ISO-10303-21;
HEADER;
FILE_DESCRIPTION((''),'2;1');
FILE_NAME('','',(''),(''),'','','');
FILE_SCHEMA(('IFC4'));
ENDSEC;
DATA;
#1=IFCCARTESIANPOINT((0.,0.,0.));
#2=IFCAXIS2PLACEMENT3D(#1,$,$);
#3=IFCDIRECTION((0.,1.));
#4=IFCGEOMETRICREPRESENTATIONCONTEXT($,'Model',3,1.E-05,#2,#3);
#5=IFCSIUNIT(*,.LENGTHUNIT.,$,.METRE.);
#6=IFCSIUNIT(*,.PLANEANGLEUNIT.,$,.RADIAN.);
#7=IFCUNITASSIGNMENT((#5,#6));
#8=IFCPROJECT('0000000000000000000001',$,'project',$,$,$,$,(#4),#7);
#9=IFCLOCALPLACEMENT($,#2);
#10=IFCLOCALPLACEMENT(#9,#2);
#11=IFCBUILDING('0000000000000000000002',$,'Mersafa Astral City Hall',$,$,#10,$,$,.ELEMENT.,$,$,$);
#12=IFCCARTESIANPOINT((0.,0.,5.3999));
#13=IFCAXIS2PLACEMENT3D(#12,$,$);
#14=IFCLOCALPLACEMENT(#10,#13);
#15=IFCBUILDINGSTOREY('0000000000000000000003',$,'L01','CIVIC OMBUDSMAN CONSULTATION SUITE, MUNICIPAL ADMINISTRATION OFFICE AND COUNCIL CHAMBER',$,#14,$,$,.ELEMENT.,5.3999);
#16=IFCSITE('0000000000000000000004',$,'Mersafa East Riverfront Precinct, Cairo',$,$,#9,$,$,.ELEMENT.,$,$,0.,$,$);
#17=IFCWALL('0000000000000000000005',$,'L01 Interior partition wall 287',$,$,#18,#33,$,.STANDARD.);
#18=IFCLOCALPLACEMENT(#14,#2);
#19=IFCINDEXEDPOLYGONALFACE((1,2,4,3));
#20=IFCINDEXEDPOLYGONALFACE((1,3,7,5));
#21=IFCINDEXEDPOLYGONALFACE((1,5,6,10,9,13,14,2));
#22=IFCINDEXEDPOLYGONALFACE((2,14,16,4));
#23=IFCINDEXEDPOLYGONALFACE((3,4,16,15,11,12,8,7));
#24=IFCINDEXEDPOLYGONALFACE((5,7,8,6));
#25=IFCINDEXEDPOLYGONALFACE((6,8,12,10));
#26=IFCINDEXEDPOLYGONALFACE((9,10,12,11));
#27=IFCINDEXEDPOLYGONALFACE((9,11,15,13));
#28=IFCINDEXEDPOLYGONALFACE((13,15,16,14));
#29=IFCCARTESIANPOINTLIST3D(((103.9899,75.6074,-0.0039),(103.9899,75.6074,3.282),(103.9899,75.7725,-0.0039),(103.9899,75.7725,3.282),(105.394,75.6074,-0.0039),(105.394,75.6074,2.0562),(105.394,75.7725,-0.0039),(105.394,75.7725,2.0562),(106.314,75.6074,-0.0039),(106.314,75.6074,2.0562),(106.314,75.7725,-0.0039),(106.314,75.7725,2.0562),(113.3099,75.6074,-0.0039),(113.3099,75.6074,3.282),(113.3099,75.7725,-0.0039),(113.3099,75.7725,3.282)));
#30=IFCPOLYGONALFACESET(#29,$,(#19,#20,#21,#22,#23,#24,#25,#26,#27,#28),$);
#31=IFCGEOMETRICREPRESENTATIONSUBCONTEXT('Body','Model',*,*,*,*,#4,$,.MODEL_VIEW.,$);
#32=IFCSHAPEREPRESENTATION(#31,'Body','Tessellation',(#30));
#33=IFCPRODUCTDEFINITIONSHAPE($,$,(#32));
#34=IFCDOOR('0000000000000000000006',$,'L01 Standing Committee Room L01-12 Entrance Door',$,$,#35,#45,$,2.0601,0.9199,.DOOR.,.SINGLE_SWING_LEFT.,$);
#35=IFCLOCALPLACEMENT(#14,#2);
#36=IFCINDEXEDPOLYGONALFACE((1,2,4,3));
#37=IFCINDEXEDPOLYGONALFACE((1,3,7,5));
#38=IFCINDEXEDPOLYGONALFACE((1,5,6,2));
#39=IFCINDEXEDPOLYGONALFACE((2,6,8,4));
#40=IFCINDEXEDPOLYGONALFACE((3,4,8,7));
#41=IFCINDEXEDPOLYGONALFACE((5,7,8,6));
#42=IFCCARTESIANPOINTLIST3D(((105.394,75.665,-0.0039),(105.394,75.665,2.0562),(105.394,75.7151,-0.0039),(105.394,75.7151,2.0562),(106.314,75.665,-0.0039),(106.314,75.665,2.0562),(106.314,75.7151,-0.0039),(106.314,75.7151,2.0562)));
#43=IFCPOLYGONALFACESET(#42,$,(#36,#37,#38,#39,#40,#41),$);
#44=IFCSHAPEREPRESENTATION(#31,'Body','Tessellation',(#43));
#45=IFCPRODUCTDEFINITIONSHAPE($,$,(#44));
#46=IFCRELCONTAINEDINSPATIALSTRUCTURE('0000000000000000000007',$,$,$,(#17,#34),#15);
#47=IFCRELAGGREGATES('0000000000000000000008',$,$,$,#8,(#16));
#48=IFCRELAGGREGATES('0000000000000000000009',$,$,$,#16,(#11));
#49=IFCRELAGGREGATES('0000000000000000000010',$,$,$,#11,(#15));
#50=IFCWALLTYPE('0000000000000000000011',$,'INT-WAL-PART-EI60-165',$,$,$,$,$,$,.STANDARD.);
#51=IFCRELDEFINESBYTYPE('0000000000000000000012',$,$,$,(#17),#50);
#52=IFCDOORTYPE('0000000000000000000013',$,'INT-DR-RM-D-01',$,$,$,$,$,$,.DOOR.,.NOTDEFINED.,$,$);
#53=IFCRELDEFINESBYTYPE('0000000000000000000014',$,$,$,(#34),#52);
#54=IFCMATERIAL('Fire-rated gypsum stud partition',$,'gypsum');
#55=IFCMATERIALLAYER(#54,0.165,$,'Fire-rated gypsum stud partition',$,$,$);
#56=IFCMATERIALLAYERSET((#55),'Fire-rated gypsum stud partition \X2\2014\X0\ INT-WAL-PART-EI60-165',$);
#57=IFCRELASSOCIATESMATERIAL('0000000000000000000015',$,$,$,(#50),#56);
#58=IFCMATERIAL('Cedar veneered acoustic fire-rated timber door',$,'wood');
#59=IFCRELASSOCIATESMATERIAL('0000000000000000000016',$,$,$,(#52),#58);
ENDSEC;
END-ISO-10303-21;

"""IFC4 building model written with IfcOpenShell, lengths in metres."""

from ifc_helpers import new_model, si_unit, direction, frame, frame_2d, origin, place, context, subcontext, project, spatial, rectangle, extrude, material, layer, layer_set, type_object, element, fill, save


model = new_model("IFC4")

# Units and contexts
model_context = context("Model", 3, precision=1e-05, world=origin(), true_north=direction((0.0, 1.0)))
body_context = subcontext(model_context, "Body", "Model", "MODEL_VIEW")
ifc_project = project(units=[si_unit("LENGTHUNIT", "METRE"), si_unit("PLANEANGLEUNIT", "RADIAN")], contexts=[model_context])

# Site, building, storey
site_placement = place(None, origin())
site = spatial("IfcSite", under=ifc_project, at=site_placement, Name="Mersafa East Riverfront Precinct, Cairo", CompositionType="ELEMENT", RefElevation=0.0)
building_placement = place(site_placement, origin())
building = spatial("IfcBuilding", under=site, at=building_placement, Name="Mersafa Astral City Hall", CompositionType="ELEMENT")
storey_placement = place(building_placement, frame((0.0, 0.0, 5.3999)))
storey = spatial("IfcBuildingStorey", under=building, at=storey_placement, Name="L01", Description="CIVIC OMBUDSMAN CONSULTATION SUITE, MUNICIPAL ADMINISTRATION OFFICE AND COUNCIL CHAMBER", CompositionType="ELEMENT", Elevation=5.3999)

# Wall, opening, door
ifc_material_1 = material(Name="Fire-rated gypsum stud partition", Category="gypsum")
ifc_layer_1 = layer(ifc_material_1, 0.165, Name="Fire-rated gypsum stud partition")
ifc_layer_set_1 = layer_set([ifc_layer_1], Name="Fire-rated gypsum stud partition — INT-WAL-PART-EI60-165")
wall_type = type_object("IfcWallType", Name="INT-WAL-PART-EI60-165", PredefinedType="STANDARD", material=ifc_layer_set_1)
wall_placement = place(storey_placement, frame((113.3101, 75.6899, -0.0039), z_axis=(0.0, 0.0, 1.0), x_axis=(-1.0, 0.0, 0.0)))
wall = element("IfcWall", 1, at=wall_placement, inside=storey, type_object=wall_type, Name="L01 Interior partition wall 287", PredefinedType="STANDARD", context=body_context, shape_type="SweptSolid", body=[
    extrude(rectangle(XDim=9.3201, YDim=0.165, at=frame_2d((4.6602, 0.0))), origin(), (0.0, 0.0, 1.0), 3.2859),
])
opening_placement = place(wall_placement, frame((6.9961, 0.0, 0.0)))
opening = element("IfcOpeningElement", 2, at=opening_placement, cuts=wall, PredefinedType="OPENING", context=body_context, shape_type="SweptSolid", body=[
    extrude(rectangle(XDim=0.9199, YDim=2.0601, at=frame_2d((0.46, 1.03))), frame((0.0, 0.0925, 0.0), z_axis=(0.0, -1.0, 0.0), x_axis=(1.0, 0.0, 0.0)), (0.0, 0.0, 1.0), 0.1851),
])
ifc_material_2 = material(Name="Cedar veneered acoustic fire-rated timber door", Category="wood")
door_type = type_object("IfcDoorType", Name="INT-DR-RM-D-01", OperationType="NOTDEFINED", PredefinedType="DOOR", material=ifc_material_2)
door_placement = place(opening_placement, origin())
door = element("IfcDoor", 3, at=door_placement, inside=storey, type_object=door_type, Name="L01 Standing Committee Room L01-12 Entrance Door", OperationType="SINGLE_SWING_LEFT", OverallHeight=2.0601, OverallWidth=0.9199, PredefinedType="DOOR", context=body_context, shape_type="SweptSolid", body=[
    extrude(rectangle(XDim=0.9199, YDim=2.0601, at=frame_2d((0.46, 1.03))), frame((0.0, 0.0249, 0.0), z_axis=(0.0, -1.0, 0.0), x_axis=(1.0, 0.0, 0.0)), (0.0, 0.0, 1.0), 0.05),
])
fill(opening, door)

save(model, "model.ifc")
